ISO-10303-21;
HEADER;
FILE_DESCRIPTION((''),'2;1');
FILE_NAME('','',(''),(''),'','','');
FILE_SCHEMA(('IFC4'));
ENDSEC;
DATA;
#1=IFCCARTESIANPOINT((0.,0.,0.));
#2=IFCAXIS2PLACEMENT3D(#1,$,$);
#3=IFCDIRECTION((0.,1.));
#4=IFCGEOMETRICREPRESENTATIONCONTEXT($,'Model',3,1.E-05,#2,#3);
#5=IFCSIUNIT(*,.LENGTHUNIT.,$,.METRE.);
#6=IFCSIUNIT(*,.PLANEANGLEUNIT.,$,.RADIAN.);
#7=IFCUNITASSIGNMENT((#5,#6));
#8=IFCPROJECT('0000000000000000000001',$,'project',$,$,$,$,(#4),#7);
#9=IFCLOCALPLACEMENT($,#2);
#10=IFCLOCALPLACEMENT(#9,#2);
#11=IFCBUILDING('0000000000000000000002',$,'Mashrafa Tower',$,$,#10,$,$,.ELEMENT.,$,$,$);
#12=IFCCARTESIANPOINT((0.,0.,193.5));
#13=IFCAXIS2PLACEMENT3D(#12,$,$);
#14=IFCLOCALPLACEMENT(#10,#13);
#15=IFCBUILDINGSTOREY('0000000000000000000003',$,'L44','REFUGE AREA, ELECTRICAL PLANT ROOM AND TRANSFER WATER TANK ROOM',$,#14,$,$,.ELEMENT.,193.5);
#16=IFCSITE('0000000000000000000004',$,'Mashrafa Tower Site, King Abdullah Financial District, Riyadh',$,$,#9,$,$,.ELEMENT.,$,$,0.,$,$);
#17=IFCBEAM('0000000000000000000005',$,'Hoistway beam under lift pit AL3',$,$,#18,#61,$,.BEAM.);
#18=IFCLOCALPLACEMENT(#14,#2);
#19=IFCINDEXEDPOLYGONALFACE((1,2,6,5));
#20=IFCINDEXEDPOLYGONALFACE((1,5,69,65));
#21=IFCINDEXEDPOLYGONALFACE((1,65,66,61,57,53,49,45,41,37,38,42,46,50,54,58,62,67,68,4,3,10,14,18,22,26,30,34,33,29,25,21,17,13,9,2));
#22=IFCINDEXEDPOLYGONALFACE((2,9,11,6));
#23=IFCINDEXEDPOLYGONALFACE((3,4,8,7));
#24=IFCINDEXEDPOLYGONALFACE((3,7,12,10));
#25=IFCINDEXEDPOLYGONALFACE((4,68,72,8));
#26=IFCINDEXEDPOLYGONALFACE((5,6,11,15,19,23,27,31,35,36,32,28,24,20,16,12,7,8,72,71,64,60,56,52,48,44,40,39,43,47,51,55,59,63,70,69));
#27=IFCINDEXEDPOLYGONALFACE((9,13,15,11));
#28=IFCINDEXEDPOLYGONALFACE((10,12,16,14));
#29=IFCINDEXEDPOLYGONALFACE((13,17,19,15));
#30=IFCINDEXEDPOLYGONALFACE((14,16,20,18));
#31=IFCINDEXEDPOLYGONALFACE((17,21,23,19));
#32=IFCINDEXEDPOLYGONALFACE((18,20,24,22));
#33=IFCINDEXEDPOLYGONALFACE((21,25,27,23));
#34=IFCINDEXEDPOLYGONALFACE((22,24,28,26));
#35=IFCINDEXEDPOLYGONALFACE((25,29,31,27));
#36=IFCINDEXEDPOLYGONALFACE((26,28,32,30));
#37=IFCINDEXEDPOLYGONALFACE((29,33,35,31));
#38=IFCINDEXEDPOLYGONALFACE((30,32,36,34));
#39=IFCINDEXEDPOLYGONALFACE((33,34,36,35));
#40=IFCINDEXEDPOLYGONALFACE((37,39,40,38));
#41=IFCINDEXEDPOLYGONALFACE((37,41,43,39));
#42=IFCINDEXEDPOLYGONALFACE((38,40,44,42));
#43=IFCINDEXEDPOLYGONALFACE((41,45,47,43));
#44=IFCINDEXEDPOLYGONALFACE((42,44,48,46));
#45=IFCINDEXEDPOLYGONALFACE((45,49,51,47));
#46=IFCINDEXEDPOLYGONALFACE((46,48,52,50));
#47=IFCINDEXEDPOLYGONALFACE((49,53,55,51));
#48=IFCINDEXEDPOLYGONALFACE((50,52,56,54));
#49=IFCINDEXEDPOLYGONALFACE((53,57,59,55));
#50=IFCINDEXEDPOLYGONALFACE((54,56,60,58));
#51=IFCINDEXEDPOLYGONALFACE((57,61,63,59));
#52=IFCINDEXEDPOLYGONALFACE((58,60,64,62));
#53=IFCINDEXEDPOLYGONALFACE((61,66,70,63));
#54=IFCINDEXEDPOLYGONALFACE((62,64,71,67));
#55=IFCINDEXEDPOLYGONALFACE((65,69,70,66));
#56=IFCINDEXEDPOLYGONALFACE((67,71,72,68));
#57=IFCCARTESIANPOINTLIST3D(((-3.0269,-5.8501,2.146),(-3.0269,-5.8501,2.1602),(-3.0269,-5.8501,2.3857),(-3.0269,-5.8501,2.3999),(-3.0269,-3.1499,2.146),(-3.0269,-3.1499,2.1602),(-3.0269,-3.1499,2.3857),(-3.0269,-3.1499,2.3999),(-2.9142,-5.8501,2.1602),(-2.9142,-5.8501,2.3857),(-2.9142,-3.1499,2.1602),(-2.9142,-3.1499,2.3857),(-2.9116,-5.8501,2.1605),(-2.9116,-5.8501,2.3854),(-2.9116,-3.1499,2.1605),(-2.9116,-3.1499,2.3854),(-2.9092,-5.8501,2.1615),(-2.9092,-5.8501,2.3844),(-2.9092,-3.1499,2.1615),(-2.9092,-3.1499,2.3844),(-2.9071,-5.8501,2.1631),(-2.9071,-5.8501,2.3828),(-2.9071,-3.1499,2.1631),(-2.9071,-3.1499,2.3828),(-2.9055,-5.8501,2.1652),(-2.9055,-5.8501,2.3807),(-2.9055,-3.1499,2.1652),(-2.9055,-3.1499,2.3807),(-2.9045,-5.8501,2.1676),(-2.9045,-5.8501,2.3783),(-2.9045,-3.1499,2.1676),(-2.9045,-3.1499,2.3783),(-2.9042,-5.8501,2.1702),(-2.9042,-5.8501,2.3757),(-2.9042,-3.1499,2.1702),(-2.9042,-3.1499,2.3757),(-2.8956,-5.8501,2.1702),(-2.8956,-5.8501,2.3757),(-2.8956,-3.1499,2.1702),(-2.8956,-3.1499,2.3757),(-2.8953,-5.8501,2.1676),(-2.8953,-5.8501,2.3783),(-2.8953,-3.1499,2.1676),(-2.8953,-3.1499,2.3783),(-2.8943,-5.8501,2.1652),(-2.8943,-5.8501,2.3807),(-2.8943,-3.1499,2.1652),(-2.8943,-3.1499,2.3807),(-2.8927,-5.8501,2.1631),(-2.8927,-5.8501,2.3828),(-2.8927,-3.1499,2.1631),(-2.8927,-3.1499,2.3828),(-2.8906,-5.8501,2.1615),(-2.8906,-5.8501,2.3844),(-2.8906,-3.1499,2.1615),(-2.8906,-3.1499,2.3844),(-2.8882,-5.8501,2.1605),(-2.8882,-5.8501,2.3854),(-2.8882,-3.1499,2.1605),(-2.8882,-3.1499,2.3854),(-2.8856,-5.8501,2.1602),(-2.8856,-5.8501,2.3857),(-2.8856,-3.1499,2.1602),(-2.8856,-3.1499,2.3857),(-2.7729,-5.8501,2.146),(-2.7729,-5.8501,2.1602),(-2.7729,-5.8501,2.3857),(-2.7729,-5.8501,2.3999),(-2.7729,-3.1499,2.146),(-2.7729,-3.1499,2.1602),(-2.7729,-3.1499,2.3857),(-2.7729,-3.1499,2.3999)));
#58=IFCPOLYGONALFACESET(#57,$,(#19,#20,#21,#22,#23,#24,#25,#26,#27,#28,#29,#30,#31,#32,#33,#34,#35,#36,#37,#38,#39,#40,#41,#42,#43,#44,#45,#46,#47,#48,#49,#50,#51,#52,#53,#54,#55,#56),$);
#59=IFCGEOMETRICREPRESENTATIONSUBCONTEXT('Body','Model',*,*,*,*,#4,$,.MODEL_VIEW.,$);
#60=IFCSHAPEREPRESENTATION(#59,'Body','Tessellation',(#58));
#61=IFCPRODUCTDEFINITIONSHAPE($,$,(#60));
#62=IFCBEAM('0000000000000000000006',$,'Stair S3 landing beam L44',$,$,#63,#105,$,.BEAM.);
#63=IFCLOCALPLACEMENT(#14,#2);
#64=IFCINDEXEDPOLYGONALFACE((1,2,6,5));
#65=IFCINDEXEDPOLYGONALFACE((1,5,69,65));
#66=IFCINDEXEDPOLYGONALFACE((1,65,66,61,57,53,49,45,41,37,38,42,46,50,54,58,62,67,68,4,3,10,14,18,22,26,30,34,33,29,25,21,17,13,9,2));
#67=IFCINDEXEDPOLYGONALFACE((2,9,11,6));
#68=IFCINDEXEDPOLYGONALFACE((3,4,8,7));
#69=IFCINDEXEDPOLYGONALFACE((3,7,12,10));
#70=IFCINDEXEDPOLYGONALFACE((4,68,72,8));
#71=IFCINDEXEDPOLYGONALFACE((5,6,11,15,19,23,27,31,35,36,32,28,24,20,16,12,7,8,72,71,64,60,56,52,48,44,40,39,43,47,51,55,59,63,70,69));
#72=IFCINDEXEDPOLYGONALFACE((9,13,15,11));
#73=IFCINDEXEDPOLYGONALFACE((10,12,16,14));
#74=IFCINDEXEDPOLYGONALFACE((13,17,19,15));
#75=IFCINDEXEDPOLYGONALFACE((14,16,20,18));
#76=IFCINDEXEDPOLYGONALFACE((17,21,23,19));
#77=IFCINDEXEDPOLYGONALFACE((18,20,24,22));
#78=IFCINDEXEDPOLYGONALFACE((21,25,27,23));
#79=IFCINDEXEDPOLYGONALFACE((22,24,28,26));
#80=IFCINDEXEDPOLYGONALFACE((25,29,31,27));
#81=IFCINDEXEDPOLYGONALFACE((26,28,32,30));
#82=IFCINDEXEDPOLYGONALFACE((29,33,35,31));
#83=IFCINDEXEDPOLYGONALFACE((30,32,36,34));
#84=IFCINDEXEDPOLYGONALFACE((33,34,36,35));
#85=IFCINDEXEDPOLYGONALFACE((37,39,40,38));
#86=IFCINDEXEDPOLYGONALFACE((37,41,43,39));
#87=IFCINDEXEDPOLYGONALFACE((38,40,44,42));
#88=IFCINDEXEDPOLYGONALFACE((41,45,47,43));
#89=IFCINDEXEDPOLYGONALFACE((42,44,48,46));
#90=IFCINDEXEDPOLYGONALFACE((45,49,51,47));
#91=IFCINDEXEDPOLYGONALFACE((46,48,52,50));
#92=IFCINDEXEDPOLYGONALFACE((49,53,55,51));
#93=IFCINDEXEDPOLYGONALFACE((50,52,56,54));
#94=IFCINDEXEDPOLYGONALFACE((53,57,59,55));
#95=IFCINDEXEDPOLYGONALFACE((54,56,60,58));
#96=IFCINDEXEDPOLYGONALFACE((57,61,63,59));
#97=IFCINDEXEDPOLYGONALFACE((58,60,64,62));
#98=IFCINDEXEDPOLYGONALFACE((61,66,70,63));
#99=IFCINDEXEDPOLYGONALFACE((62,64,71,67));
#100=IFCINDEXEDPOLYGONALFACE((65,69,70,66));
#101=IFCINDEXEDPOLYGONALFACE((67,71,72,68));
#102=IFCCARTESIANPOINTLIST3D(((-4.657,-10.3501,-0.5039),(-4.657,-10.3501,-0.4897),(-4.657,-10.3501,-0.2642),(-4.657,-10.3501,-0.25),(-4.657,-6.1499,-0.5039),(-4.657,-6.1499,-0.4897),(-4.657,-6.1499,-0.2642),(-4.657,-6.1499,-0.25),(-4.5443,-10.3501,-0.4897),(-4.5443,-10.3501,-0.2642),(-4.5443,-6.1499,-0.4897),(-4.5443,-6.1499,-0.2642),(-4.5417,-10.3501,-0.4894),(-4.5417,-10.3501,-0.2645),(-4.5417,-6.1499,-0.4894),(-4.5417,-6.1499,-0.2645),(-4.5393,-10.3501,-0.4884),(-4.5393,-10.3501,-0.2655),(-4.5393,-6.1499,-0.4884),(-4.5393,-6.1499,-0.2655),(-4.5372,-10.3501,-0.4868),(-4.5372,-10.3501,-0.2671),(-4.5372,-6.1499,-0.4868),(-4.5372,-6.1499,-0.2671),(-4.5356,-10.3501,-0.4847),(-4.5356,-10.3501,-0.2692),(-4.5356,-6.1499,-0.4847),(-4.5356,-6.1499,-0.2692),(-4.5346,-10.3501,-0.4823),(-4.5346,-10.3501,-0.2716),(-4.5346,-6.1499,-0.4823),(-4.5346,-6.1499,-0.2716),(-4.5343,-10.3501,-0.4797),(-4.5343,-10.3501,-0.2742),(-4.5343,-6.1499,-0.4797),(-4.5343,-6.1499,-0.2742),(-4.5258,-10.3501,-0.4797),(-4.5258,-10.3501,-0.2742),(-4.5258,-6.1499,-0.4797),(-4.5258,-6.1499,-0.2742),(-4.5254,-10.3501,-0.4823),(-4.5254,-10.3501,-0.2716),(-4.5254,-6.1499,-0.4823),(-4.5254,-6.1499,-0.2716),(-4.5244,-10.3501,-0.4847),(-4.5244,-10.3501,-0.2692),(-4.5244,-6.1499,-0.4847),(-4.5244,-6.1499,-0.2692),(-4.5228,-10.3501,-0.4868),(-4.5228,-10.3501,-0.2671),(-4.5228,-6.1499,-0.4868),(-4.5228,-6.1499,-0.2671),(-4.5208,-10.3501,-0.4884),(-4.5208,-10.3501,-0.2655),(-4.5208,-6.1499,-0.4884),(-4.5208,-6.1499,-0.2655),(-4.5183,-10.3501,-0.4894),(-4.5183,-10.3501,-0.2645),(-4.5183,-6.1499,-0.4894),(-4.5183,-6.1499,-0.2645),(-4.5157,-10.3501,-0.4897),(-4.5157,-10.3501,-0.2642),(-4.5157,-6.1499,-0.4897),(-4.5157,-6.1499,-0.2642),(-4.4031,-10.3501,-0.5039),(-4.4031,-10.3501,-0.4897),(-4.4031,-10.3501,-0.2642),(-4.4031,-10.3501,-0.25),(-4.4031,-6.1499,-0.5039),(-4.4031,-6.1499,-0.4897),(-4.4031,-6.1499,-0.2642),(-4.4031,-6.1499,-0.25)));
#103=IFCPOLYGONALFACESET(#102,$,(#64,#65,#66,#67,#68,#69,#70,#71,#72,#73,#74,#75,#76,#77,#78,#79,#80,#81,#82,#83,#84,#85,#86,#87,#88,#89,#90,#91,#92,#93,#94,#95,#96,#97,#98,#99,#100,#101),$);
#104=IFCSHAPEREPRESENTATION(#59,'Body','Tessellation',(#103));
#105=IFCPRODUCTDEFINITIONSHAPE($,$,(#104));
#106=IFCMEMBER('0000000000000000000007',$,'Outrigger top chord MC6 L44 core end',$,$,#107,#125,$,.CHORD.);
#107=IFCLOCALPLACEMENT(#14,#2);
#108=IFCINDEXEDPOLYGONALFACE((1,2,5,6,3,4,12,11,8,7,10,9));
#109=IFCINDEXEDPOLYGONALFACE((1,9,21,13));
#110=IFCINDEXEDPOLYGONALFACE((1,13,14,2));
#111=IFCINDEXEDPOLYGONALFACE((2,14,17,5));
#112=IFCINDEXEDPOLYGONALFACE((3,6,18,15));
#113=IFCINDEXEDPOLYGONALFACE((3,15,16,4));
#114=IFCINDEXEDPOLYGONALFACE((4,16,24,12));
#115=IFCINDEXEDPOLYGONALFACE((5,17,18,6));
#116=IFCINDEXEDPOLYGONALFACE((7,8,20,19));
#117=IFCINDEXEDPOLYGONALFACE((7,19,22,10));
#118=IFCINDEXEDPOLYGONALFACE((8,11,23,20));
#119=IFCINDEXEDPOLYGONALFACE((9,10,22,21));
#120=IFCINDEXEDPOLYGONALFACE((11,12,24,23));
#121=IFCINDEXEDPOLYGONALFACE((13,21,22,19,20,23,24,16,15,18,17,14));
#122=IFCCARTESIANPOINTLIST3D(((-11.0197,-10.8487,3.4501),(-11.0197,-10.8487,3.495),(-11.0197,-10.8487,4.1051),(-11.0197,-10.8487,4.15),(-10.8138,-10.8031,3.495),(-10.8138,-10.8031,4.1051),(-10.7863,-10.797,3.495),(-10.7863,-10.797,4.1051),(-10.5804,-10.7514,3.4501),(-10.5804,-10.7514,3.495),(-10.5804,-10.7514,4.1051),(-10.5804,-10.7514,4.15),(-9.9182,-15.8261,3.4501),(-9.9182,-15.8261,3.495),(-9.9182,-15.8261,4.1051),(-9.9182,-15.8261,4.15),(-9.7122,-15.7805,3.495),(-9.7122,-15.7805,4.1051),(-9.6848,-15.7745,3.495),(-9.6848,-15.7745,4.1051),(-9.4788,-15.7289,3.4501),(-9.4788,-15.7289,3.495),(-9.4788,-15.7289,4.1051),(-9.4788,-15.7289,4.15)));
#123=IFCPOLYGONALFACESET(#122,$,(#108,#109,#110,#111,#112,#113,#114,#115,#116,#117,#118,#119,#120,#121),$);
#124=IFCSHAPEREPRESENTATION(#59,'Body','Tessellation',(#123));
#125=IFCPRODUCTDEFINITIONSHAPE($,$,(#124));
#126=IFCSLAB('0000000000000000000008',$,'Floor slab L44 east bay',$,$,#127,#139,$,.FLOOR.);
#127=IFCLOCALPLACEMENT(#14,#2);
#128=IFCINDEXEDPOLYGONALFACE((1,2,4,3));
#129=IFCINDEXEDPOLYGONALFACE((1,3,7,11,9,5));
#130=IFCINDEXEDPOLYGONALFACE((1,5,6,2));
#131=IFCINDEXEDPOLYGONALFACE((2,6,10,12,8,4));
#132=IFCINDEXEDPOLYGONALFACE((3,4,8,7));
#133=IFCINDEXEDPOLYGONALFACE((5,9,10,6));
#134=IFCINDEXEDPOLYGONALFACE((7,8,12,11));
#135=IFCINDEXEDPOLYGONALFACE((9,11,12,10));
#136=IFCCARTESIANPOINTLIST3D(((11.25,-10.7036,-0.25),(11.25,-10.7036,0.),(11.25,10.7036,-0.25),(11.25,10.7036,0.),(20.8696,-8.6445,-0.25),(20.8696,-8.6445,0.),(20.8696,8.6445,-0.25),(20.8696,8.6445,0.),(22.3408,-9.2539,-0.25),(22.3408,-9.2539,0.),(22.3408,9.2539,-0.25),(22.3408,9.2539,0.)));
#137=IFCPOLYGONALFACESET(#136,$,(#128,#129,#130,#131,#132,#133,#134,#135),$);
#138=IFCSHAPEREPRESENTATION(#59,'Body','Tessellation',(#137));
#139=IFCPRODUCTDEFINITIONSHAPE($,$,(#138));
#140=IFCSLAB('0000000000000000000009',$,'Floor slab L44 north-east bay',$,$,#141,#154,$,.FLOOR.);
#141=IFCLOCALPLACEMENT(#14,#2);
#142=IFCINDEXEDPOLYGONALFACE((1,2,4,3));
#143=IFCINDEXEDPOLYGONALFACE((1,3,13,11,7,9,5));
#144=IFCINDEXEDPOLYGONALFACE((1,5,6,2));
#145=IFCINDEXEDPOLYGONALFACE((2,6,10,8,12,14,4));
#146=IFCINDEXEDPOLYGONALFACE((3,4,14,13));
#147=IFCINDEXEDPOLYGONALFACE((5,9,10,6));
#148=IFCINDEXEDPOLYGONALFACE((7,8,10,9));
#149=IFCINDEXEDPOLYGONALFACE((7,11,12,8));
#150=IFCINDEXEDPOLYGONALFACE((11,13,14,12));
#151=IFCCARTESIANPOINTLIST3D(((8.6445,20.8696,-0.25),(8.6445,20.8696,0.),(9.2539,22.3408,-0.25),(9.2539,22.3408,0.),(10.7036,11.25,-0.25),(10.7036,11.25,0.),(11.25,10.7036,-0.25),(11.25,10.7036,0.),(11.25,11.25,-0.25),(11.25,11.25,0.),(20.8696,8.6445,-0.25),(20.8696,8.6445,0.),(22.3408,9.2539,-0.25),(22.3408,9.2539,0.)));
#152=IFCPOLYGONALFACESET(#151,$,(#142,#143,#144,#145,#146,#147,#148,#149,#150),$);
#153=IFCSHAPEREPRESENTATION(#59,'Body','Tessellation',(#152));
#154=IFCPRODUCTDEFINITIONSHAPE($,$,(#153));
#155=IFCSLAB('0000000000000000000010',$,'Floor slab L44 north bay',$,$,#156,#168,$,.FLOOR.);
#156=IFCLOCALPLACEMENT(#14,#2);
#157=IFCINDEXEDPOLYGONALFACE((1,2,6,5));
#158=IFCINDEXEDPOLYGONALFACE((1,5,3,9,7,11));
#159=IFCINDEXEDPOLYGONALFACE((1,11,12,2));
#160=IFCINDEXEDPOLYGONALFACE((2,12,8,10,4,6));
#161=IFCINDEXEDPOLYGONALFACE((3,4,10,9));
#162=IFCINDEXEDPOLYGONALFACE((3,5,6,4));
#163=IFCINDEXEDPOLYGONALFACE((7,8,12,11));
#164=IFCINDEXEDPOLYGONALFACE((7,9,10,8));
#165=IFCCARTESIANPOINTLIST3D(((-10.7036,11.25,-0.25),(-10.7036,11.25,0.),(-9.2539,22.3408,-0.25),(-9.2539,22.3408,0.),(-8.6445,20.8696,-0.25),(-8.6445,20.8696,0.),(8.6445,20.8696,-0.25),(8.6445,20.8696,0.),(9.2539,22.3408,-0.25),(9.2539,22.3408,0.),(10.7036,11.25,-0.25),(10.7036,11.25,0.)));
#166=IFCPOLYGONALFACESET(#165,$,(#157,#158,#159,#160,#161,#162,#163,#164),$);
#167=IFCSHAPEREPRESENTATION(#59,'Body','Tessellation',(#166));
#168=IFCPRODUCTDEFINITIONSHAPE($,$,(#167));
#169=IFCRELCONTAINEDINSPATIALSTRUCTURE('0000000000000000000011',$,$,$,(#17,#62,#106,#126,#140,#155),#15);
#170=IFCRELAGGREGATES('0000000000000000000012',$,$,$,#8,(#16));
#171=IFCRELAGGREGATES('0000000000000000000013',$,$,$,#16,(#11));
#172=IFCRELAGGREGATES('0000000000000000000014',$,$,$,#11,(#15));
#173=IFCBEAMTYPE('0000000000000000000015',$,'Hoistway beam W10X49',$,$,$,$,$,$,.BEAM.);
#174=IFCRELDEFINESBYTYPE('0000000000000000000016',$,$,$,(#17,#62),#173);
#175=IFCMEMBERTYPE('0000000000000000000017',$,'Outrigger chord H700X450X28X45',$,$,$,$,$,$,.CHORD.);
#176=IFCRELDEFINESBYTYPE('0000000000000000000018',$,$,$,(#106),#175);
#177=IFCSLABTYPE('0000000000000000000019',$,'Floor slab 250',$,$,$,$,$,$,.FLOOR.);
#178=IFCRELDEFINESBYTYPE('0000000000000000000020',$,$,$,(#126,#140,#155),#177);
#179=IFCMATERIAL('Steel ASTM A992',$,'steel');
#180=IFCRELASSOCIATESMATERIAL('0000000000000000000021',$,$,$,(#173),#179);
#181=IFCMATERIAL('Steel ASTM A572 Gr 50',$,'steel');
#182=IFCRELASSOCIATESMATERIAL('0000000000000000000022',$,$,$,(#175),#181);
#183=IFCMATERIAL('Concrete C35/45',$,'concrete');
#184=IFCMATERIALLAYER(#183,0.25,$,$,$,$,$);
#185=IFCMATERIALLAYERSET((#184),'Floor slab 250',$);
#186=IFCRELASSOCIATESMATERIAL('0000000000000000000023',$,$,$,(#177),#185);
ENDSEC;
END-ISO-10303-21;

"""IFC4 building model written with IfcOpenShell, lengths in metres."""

from ifc_helpers import new_model, si_unit, direction, frame, origin, origin_2d, place, context, subcontext, project, spatial, polyline, i_section, outline, extrude, source, transform, mapped, material, layer, layer_set, material_profile, profile_set, type_object, type_shapes, element, save


model = new_model("IFC4")

# Units and contexts
model_context = context("Model", 3, precision=1e-05, world=origin(), true_north=direction((0.0, 1.0)))
body_context = subcontext(model_context, "Body", "Model", "MODEL_VIEW")
ifc_project = project(units=[si_unit("LENGTHUNIT", "METRE"), si_unit("PLANEANGLEUNIT", "RADIAN")], contexts=[model_context])

# Site, building, storey
site_placement = place(None, origin())
site = spatial("IfcSite", under=ifc_project, at=site_placement, Name="Mashrafa Tower Site, King Abdullah Financial District, Riyadh", CompositionType="ELEMENT", RefElevation=0.0)
building_placement = place(site_placement, origin())
building = spatial("IfcBuilding", under=site, at=building_placement, Name="Mashrafa Tower", CompositionType="ELEMENT")
storey_placement = place(building_placement, frame((0.0, 0.0, 193.5)))
storey = spatial("IfcBuildingStorey", under=building, at=storey_placement, Name="L44", Description="REFUGE AREA, ELECTRICAL PLANT ROOM AND TRANSFER WATER TANK ROOM", CompositionType="ELEMENT", Elevation=193.5)

# Beams
ifc_material_1 = material(Name="Steel ASTM A992", Category="steel")
ifc_material_profile_1 = material_profile(ifc_material_1, i_section(OverallWidth=0.2539, OverallDepth=0.2539, WebThickness=0.0085, FlangeThickness=0.0142, FilletRadius=0.01, at=origin_2d()), Name="W10X49")
ifc_profile_set_1 = profile_set([ifc_material_profile_1], Name="Steel ASTM A992")
beam_type_1 = type_object("IfcBeamType", Name="Hoistway beam W10X49", PredefinedType="BEAM", material=ifc_profile_set_1)
for number, where, z_axis, x_axis, name in (
    (1, (-2.8999, -5.8501, 2.2729), (0.0, 1.0, 0.0), (-1.0, 0.0, 0.0), "Hoistway beam under lift pit AL3"),
):
    element("IfcBeam", number, at=place(storey_placement, frame(where, z_axis=z_axis, x_axis=x_axis)), inside=storey, type_object=beam_type_1, Name=name, PredefinedType="BEAM", context=body_context, shape_type="SweptSolid", body=[
        extrude(i_section(OverallWidth=0.2539, OverallDepth=0.2539, WebThickness=0.0085, FlangeThickness=0.0142, FilletRadius=0.01, at=origin_2d()), origin(), (0.0, 0.0, 1.0), 2.7002),
    ])
beam_1_placement = place(storey_placement, frame((-4.53, -10.3501, -0.377), z_axis=(0.0, 1.0, 0.0), x_axis=(-1.0, 0.0, 0.0)))
element("IfcBeam", 2, at=beam_1_placement, inside=storey, type_object=beam_type_1, Name="Stair S3 landing beam L44", PredefinedType="BEAM", context=body_context, shape_type="SweptSolid", body=[
    extrude(i_section(OverallWidth=0.2539, OverallDepth=0.2539, WebThickness=0.0085, FlangeThickness=0.0142, FilletRadius=0.01, at=origin_2d()), origin(), (0.0, 0.0, 1.0), 4.2002),
])

# Member
ifc_material_2 = material(Name="Steel ASTM A572 Gr 50", Category="steel")
ifc_material_profile_2 = material_profile(ifc_material_2, i_section(OverallWidth=0.45, OverallDepth=0.7, WebThickness=0.0281, FlangeThickness=0.0449, at=origin_2d()), Name="H700X450X28X45")
ifc_profile_set_2 = profile_set([ifc_material_profile_2], Name="Steel ASTM A572 Gr 50")
member_type = type_object("IfcMemberType", Name="Outrigger chord H700X450X28X45", PredefinedType="CHORD", material=ifc_profile_set_2)
shared_shape = source(origin(), body_context, "Body", "SweptSolid", [
    extrude(i_section(OverallWidth=0.45, OverallDepth=0.7, WebThickness=0.0281, FlangeThickness=0.0449, at=origin_2d()), origin(), (0.0, 0.0, 1.0), 5.0979),
])
type_shapes(member_type, [shared_shape])
member_placement = place(storey_placement, frame((-10.8, -10.8, 3.8), z_axis=(0.216079, -0.976376, 0.0), x_axis=(0.976376, 0.216079, 0.0)))
element("IfcMember", 3, at=member_placement, inside=storey, type_object=member_type, Name="Outrigger top chord MC6 L44 core end", PredefinedType="CHORD", context=body_context, shape_type="MappedRepresentation", body=[
    mapped(shared_shape, transform((0.0, 0.0, 0.0))),
])

# Slabs
ifc_material_3 = material(Name="Concrete C35/45", Category="concrete")
ifc_layer_1 = layer(ifc_material_3, 0.25)
ifc_layer_set_1 = layer_set([ifc_layer_1], Name="Floor slab 250")
slab_type = type_object("IfcSlabType", Name="Floor slab 250", PredefinedType="FLOOR", material=ifc_layer_set_1)
slab_1_placement = place(storey_placement, frame((0.0, 0.0, -0.25)))
element("IfcSlab", 4, at=slab_1_placement, inside=storey, type_object=slab_type, Name="Floor slab L44 east bay", PredefinedType="FLOOR", context=body_context, shape_type="SweptSolid", body=[
    extrude(outline(polyline([(22.3408, -9.2539), (20.8696, -8.6445), (11.25, -10.7036), (11.25, 10.7036), (20.8696, 8.6445), (22.3408, 9.2539), (22.3408, -9.2539)])), origin(), (0.0, 0.0, 1.0), 0.25),
])
slab_2_placement = place(storey_placement, frame((0.0, 0.0, -0.25)))
element("IfcSlab", 5, at=slab_2_placement, inside=storey, type_object=slab_type, Name="Floor slab L44 north-east bay", PredefinedType="FLOOR", context=body_context, shape_type="SweptSolid", body=[
    extrude(outline(polyline([(9.2539, 22.3408), (22.3408, 9.2539), (22.3408, 9.2539), (20.8696, 8.6445), (11.25, 10.7036), (11.25, 11.25), (10.7036, 11.25), (8.6445, 20.8696), (9.2539, 22.3408), (9.2539, 22.3408)])), origin(), (0.0, 0.0, 1.0), 0.25),
])
slab_3_placement = place(storey_placement, frame((0.0, 0.0, -0.25)))
element("IfcSlab", 6, at=slab_3_placement, inside=storey, type_object=slab_type, Name="Floor slab L44 north bay", PredefinedType="FLOOR", context=body_context, shape_type="SweptSolid", body=[
    extrude(outline(polyline([(9.2539, 22.3408), (8.6445, 20.8696), (10.7036, 11.25), (-10.7036, 11.25), (-8.6445, 20.8696), (-9.2539, 22.3408), (9.2539, 22.3408)])), origin(), (0.0, 0.0, 1.0), 0.25),
])

save(model, "model.ifc")
